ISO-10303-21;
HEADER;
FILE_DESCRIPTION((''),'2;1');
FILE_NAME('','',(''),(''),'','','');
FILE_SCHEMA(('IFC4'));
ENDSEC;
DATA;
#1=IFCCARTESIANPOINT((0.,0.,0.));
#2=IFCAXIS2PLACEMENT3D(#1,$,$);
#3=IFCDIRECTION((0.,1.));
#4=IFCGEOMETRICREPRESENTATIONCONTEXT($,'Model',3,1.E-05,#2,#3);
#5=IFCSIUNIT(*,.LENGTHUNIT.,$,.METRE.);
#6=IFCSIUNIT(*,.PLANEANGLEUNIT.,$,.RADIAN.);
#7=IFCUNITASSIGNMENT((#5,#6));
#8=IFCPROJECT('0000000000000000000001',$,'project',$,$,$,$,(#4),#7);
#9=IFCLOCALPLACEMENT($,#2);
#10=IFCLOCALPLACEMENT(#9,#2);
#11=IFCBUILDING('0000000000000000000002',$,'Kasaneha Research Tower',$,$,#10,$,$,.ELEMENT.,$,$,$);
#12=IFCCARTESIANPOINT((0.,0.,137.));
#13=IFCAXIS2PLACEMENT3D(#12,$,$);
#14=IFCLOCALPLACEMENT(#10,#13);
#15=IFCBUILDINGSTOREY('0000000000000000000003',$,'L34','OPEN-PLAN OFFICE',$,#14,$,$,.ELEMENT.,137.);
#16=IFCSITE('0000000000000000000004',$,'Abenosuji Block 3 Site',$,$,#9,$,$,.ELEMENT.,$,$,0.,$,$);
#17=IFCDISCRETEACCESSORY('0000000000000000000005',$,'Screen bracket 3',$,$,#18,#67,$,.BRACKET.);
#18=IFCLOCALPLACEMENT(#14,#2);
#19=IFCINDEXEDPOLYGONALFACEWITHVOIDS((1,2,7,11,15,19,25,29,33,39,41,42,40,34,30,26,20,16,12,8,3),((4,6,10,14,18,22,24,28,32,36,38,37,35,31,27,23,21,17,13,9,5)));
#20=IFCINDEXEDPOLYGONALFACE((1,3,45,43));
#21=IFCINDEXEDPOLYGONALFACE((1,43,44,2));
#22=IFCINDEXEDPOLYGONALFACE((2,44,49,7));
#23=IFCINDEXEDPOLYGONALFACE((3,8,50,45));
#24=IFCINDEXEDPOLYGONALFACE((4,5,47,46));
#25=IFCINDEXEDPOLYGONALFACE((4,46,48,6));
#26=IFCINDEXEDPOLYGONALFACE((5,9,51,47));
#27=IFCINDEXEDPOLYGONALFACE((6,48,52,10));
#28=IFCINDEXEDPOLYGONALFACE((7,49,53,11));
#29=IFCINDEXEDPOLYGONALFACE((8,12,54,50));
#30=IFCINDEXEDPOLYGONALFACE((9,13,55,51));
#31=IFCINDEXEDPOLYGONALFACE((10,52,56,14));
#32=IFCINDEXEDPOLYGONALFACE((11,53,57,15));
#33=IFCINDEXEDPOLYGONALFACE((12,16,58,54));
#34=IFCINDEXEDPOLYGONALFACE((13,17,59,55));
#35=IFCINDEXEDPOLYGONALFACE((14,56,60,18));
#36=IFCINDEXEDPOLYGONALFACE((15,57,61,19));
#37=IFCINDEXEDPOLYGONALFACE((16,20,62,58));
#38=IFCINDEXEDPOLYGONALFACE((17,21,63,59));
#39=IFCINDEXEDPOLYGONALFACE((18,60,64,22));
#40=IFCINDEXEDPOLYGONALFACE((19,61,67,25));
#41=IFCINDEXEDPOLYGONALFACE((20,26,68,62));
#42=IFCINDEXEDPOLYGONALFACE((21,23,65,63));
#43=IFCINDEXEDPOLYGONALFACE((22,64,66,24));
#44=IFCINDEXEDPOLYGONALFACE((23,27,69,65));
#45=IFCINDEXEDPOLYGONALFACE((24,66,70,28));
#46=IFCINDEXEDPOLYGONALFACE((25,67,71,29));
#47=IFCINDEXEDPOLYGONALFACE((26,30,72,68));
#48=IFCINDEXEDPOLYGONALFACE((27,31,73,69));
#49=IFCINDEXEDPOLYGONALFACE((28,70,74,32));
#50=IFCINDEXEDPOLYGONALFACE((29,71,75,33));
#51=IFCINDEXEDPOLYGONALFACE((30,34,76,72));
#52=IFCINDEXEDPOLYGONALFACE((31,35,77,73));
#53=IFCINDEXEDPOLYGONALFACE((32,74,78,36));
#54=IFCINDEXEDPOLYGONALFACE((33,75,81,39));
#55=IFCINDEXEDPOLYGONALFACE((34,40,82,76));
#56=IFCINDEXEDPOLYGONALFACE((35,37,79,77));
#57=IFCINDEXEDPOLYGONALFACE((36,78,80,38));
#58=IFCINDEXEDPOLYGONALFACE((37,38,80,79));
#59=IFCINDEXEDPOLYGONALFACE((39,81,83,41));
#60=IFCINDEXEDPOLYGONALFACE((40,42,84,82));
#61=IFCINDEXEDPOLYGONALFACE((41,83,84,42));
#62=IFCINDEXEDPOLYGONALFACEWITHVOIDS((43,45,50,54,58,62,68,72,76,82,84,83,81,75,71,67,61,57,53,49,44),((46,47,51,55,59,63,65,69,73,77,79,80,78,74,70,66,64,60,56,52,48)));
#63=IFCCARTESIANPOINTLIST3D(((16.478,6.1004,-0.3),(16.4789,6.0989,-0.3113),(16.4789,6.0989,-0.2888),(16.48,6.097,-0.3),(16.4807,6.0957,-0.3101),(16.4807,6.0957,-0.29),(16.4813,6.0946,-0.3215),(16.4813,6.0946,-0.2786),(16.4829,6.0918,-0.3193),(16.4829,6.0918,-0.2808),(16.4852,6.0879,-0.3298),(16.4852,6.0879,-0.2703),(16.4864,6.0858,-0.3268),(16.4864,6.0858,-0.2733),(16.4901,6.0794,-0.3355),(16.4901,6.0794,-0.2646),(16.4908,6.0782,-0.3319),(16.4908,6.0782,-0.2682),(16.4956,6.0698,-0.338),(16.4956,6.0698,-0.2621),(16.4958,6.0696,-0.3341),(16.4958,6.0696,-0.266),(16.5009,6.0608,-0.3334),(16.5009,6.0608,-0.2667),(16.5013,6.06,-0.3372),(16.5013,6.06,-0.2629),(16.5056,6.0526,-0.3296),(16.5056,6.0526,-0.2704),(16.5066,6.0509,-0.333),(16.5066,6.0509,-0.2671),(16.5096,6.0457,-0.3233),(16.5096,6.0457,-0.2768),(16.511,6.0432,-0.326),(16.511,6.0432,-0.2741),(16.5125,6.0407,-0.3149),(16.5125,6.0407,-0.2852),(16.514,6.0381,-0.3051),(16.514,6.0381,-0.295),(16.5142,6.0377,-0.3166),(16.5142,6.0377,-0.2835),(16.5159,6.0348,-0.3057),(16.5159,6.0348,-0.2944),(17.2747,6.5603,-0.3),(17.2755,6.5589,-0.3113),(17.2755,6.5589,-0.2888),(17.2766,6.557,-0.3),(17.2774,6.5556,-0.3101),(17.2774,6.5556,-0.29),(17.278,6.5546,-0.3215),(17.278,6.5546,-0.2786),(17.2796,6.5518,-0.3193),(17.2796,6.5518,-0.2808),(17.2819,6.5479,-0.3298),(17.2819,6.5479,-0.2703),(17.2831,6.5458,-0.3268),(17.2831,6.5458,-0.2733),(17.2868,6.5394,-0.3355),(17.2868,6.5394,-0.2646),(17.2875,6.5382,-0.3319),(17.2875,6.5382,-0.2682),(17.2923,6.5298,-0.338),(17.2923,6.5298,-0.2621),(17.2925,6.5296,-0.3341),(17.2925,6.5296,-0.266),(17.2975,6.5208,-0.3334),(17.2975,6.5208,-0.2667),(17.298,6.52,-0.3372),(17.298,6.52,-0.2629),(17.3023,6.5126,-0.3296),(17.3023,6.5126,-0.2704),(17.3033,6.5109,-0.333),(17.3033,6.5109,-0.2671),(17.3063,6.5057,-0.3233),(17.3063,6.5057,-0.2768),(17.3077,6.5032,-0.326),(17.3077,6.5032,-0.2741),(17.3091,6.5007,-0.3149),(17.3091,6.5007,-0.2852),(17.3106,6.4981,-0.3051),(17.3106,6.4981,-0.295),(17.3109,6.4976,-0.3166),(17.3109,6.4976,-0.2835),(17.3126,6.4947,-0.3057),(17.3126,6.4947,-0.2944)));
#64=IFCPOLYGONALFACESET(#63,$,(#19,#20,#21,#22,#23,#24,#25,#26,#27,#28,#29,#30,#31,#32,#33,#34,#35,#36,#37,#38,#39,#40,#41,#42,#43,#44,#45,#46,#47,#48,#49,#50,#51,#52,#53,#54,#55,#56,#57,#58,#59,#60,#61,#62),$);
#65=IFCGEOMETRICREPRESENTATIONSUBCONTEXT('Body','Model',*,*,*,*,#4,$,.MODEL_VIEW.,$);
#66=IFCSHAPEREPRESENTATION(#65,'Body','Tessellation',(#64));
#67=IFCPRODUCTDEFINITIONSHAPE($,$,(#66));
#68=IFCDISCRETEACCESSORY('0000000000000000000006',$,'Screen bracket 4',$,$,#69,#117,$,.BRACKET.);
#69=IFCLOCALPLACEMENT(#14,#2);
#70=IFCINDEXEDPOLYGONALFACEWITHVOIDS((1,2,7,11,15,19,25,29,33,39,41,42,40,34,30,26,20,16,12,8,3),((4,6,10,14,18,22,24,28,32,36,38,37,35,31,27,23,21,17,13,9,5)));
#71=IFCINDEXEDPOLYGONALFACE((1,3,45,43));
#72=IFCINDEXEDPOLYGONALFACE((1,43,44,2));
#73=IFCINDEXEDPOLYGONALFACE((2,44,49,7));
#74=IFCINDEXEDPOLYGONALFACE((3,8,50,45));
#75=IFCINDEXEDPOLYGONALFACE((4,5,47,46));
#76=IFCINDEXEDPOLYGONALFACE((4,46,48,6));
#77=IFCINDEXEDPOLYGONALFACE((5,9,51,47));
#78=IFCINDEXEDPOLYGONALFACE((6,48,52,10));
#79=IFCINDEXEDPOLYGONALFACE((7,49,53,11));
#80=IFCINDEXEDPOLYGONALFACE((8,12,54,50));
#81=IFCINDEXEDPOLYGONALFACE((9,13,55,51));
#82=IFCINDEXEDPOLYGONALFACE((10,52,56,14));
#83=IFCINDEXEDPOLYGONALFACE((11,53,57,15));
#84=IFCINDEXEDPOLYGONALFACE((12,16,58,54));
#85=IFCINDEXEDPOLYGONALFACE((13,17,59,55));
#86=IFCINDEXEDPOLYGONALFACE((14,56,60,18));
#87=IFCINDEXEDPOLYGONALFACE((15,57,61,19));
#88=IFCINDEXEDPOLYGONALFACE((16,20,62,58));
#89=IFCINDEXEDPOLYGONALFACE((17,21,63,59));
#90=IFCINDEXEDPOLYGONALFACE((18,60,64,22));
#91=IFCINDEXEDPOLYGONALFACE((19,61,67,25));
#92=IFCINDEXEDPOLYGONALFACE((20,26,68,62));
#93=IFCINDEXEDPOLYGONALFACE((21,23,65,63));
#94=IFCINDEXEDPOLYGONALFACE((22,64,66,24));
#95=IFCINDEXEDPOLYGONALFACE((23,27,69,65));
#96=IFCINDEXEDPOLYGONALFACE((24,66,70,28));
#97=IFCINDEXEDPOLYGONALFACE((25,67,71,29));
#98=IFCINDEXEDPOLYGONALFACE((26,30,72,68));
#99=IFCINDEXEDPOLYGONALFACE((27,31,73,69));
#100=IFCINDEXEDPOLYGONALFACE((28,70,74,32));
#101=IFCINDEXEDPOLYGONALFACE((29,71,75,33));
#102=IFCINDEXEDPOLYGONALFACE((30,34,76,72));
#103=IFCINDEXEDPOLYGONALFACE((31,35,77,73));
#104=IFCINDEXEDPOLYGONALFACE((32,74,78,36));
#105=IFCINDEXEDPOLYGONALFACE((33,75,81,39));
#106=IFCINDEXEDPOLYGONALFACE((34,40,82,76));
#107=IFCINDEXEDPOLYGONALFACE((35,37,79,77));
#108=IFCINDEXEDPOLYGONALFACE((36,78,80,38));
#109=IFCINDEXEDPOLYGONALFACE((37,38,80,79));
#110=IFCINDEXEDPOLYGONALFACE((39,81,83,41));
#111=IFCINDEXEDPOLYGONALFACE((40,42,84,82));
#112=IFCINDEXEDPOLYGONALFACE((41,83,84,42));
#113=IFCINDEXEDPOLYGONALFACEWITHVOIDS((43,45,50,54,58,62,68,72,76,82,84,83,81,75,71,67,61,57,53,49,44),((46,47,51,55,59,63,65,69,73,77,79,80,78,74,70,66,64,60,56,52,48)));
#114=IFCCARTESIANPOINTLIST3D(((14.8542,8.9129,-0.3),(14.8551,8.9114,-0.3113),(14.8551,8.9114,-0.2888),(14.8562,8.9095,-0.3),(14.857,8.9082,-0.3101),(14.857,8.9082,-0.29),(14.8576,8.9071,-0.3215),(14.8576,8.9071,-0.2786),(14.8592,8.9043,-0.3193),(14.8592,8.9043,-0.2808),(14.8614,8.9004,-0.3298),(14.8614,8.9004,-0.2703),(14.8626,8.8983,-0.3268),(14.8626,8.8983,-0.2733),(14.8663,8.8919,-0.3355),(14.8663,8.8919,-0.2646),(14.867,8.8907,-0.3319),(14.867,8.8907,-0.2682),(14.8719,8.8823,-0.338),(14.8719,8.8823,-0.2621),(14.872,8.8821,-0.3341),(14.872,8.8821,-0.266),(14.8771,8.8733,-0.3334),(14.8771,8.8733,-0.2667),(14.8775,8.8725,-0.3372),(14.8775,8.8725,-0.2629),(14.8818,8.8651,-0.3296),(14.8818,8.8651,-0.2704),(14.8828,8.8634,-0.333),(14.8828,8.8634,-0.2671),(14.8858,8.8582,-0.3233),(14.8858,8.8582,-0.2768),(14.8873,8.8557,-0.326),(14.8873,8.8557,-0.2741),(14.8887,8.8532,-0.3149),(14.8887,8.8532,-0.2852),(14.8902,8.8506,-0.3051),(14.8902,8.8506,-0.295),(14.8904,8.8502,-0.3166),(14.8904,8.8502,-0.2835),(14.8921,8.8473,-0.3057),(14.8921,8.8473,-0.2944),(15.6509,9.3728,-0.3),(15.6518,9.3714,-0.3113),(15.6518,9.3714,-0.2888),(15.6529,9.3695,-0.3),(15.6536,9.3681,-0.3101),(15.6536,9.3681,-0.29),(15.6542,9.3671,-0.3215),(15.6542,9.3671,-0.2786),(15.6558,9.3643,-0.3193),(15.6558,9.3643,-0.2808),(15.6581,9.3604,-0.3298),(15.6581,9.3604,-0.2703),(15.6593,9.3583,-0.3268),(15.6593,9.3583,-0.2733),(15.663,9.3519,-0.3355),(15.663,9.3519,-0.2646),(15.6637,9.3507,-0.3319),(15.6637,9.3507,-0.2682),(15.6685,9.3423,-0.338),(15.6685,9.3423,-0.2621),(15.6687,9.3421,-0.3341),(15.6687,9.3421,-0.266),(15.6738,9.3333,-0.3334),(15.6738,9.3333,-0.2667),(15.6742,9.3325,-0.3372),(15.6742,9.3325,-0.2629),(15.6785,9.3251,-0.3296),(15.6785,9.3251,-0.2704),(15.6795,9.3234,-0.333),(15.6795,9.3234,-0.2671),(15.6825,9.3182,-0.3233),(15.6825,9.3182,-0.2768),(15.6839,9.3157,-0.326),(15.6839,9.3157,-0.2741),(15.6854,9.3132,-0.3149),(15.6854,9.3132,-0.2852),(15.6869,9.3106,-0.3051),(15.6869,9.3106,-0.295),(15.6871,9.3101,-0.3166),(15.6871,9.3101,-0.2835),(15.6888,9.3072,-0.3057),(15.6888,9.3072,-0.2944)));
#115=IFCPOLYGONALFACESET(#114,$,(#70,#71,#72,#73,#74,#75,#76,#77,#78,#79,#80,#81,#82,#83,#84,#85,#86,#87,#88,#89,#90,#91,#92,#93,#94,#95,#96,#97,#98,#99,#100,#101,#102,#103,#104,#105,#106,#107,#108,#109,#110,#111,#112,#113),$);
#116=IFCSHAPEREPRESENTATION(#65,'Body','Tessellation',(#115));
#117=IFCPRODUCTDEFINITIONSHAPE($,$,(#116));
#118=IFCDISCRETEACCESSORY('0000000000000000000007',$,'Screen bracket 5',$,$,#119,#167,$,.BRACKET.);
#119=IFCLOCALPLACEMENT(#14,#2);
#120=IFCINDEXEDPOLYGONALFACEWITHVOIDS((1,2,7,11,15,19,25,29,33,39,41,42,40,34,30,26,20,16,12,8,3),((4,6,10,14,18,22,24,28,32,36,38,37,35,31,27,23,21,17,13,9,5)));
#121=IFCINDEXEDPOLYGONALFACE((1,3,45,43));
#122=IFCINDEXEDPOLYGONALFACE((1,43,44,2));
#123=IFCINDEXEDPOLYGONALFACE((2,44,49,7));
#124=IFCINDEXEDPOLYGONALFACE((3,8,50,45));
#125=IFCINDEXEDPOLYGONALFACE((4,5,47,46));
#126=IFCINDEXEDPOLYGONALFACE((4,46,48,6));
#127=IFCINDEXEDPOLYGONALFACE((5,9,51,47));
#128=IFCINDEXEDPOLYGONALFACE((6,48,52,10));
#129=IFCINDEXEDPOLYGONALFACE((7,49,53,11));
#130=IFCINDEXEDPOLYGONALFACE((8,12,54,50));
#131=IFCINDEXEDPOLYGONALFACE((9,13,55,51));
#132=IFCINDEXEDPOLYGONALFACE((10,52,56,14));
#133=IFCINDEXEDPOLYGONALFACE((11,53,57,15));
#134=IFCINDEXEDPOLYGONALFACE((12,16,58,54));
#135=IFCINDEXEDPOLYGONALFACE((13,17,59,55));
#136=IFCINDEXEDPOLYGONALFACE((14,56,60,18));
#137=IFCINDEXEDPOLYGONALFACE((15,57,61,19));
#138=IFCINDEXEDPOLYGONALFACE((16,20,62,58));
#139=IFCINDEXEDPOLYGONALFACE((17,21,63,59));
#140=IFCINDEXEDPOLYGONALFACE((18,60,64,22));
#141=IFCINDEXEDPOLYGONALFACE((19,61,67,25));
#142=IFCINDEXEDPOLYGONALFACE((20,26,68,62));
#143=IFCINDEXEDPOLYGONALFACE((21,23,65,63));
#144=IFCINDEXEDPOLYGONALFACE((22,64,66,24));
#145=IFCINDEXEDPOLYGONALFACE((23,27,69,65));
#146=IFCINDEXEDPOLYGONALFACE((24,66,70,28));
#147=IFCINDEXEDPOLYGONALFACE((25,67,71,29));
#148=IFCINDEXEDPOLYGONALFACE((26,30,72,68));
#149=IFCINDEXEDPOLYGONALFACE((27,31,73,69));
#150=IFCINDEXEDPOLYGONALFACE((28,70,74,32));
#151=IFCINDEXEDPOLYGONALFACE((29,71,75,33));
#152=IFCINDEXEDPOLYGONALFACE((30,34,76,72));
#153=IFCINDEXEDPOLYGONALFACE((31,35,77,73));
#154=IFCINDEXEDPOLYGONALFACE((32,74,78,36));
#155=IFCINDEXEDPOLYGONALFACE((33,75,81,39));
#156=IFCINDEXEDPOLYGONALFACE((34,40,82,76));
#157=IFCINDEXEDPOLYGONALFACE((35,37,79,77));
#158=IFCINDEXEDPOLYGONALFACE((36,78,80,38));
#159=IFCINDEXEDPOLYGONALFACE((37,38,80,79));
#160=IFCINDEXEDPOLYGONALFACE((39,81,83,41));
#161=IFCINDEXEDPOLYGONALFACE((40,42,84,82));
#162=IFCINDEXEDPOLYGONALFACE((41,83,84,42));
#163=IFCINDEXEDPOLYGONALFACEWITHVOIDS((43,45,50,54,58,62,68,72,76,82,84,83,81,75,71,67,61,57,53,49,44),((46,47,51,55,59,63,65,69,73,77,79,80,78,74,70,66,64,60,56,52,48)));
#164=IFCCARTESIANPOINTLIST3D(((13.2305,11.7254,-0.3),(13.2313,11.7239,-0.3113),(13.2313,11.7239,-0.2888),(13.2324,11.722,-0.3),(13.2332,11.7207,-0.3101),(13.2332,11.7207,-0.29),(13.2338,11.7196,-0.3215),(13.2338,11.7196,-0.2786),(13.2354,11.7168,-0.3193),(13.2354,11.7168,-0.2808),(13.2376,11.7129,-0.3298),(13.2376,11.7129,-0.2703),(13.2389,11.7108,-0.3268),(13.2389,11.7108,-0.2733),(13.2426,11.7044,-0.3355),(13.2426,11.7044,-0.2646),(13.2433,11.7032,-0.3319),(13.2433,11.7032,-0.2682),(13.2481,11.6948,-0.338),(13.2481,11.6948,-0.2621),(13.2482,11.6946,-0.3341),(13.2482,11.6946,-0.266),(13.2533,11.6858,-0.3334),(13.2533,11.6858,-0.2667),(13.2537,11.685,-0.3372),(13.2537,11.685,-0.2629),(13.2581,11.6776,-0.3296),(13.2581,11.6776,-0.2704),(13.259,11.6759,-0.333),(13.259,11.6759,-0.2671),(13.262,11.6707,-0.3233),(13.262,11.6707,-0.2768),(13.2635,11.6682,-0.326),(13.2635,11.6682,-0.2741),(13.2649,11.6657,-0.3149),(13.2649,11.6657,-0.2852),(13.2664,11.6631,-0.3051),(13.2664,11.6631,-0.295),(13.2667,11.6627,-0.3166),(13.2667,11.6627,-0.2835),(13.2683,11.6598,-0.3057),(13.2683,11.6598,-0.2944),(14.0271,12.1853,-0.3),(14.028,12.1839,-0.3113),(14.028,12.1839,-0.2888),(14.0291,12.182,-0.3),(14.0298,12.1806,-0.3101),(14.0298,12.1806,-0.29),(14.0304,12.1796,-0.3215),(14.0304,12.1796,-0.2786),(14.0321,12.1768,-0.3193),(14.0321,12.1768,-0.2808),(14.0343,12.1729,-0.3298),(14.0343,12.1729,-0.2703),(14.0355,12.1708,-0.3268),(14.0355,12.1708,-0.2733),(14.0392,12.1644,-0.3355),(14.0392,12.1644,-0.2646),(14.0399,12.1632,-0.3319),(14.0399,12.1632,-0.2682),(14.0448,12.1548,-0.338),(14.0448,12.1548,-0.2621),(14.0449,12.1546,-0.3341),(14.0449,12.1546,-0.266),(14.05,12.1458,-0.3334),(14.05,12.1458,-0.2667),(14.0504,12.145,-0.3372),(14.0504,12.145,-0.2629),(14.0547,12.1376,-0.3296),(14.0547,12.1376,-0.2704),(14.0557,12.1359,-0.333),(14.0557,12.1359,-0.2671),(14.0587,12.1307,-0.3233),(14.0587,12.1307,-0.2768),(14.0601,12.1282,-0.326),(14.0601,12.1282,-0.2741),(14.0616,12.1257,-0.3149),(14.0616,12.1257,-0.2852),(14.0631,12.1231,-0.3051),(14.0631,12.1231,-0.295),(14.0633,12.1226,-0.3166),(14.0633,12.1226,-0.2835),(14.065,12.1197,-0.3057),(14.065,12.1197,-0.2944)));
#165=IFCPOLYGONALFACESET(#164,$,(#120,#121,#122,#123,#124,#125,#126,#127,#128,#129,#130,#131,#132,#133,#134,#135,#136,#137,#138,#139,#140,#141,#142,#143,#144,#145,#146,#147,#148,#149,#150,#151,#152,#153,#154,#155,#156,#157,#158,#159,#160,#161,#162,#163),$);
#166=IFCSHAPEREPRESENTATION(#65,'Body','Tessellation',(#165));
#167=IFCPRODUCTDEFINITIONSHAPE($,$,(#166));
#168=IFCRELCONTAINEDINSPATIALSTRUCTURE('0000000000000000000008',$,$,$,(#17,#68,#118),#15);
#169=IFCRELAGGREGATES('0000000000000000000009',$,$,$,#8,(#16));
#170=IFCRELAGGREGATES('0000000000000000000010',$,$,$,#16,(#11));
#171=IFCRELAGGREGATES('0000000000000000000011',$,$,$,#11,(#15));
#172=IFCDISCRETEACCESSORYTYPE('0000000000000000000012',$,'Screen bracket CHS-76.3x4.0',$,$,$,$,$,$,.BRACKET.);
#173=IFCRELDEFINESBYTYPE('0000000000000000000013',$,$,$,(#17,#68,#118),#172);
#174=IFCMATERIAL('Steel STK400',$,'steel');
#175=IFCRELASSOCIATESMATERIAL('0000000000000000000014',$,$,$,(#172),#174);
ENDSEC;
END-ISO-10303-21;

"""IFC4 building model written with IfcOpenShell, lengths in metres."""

from ifc_helpers import new_model, si_unit, direction, frame, origin, origin_2d, place, context, subcontext, project, spatial, hollow_circle, extrude, material, material_profile, profile_set, type_object, element, save


model = new_model("IFC4")

# Units and contexts
model_context = context("Model", 3, precision=1e-05, world=origin(), true_north=direction((0.0, 1.0)))
body_context = subcontext(model_context, "Body", "Model", "MODEL_VIEW")
ifc_project = project(units=[si_unit("LENGTHUNIT", "METRE"), si_unit("PLANEANGLEUNIT", "RADIAN")], contexts=[model_context])

# Site, building, storey
site_placement = place(None, origin())
site = spatial("IfcSite", under=ifc_project, at=site_placement, Name="Abenosuji Block 3 Site", CompositionType="ELEMENT", RefElevation=0.0)
building_placement = place(site_placement, origin())
building = spatial("IfcBuilding", under=site, at=building_placement, Name="Kasaneha Research Tower", CompositionType="ELEMENT")
storey_placement = place(building_placement, frame((0.0, 0.0, 137.0)))
storey = spatial("IfcBuildingStorey", under=building, at=storey_placement, Name="L34", Description="OPEN-PLAN OFFICE", CompositionType="ELEMENT", Elevation=137.0)

# Discrete accessories
ifc_material_1 = material(Name="Steel STK400", Category="steel")
ifc_material_profile_1 = material_profile(ifc_material_1, hollow_circle(Radius=0.0381, WallThickness=0.0039, at=origin_2d()), Name="CHS-76.3x4.0")
ifc_profile_set_1 = profile_set([ifc_material_profile_1], Name="Steel STK400")
discrete_accessory_type = type_object("IfcDiscreteAccessoryType", Name="Screen bracket CHS-76.3x4.0", PredefinedType="BRACKET", material=ifc_profile_set_1)
for number, where, z_axis, x_axis, name in (
    (1, (16.4971, 6.0674, -0.3), (0.866013, 0.500021, 0.0), (-0.500021, 0.866013, 0.0), "Screen bracket 3"),
    (2, (14.8733, 8.8799, -0.3), (0.866013, 0.500021, 0.0), (-0.500021, 0.866013, 0.0), "Screen bracket 4"),
    (3, (13.2495, 11.6924, -0.3), (0.866013, 0.500021, 0.0), (-0.500021, 0.866013, 0.0), "Screen bracket 5"),
):
    element("IfcDiscreteAccessory", number, at=place(storey_placement, frame(where, z_axis=z_axis, x_axis=x_axis)), inside=storey, type_object=discrete_accessory_type, Name=name, PredefinedType="BRACKET", context=body_context, shape_type="SweptSolid", body=[
        extrude(hollow_circle(Radius=0.0381, WallThickness=0.0039, at=origin_2d()), origin(), (0.0, 0.0, 1.0), 0.9199),
    ])

save(model, "model.ifc")
